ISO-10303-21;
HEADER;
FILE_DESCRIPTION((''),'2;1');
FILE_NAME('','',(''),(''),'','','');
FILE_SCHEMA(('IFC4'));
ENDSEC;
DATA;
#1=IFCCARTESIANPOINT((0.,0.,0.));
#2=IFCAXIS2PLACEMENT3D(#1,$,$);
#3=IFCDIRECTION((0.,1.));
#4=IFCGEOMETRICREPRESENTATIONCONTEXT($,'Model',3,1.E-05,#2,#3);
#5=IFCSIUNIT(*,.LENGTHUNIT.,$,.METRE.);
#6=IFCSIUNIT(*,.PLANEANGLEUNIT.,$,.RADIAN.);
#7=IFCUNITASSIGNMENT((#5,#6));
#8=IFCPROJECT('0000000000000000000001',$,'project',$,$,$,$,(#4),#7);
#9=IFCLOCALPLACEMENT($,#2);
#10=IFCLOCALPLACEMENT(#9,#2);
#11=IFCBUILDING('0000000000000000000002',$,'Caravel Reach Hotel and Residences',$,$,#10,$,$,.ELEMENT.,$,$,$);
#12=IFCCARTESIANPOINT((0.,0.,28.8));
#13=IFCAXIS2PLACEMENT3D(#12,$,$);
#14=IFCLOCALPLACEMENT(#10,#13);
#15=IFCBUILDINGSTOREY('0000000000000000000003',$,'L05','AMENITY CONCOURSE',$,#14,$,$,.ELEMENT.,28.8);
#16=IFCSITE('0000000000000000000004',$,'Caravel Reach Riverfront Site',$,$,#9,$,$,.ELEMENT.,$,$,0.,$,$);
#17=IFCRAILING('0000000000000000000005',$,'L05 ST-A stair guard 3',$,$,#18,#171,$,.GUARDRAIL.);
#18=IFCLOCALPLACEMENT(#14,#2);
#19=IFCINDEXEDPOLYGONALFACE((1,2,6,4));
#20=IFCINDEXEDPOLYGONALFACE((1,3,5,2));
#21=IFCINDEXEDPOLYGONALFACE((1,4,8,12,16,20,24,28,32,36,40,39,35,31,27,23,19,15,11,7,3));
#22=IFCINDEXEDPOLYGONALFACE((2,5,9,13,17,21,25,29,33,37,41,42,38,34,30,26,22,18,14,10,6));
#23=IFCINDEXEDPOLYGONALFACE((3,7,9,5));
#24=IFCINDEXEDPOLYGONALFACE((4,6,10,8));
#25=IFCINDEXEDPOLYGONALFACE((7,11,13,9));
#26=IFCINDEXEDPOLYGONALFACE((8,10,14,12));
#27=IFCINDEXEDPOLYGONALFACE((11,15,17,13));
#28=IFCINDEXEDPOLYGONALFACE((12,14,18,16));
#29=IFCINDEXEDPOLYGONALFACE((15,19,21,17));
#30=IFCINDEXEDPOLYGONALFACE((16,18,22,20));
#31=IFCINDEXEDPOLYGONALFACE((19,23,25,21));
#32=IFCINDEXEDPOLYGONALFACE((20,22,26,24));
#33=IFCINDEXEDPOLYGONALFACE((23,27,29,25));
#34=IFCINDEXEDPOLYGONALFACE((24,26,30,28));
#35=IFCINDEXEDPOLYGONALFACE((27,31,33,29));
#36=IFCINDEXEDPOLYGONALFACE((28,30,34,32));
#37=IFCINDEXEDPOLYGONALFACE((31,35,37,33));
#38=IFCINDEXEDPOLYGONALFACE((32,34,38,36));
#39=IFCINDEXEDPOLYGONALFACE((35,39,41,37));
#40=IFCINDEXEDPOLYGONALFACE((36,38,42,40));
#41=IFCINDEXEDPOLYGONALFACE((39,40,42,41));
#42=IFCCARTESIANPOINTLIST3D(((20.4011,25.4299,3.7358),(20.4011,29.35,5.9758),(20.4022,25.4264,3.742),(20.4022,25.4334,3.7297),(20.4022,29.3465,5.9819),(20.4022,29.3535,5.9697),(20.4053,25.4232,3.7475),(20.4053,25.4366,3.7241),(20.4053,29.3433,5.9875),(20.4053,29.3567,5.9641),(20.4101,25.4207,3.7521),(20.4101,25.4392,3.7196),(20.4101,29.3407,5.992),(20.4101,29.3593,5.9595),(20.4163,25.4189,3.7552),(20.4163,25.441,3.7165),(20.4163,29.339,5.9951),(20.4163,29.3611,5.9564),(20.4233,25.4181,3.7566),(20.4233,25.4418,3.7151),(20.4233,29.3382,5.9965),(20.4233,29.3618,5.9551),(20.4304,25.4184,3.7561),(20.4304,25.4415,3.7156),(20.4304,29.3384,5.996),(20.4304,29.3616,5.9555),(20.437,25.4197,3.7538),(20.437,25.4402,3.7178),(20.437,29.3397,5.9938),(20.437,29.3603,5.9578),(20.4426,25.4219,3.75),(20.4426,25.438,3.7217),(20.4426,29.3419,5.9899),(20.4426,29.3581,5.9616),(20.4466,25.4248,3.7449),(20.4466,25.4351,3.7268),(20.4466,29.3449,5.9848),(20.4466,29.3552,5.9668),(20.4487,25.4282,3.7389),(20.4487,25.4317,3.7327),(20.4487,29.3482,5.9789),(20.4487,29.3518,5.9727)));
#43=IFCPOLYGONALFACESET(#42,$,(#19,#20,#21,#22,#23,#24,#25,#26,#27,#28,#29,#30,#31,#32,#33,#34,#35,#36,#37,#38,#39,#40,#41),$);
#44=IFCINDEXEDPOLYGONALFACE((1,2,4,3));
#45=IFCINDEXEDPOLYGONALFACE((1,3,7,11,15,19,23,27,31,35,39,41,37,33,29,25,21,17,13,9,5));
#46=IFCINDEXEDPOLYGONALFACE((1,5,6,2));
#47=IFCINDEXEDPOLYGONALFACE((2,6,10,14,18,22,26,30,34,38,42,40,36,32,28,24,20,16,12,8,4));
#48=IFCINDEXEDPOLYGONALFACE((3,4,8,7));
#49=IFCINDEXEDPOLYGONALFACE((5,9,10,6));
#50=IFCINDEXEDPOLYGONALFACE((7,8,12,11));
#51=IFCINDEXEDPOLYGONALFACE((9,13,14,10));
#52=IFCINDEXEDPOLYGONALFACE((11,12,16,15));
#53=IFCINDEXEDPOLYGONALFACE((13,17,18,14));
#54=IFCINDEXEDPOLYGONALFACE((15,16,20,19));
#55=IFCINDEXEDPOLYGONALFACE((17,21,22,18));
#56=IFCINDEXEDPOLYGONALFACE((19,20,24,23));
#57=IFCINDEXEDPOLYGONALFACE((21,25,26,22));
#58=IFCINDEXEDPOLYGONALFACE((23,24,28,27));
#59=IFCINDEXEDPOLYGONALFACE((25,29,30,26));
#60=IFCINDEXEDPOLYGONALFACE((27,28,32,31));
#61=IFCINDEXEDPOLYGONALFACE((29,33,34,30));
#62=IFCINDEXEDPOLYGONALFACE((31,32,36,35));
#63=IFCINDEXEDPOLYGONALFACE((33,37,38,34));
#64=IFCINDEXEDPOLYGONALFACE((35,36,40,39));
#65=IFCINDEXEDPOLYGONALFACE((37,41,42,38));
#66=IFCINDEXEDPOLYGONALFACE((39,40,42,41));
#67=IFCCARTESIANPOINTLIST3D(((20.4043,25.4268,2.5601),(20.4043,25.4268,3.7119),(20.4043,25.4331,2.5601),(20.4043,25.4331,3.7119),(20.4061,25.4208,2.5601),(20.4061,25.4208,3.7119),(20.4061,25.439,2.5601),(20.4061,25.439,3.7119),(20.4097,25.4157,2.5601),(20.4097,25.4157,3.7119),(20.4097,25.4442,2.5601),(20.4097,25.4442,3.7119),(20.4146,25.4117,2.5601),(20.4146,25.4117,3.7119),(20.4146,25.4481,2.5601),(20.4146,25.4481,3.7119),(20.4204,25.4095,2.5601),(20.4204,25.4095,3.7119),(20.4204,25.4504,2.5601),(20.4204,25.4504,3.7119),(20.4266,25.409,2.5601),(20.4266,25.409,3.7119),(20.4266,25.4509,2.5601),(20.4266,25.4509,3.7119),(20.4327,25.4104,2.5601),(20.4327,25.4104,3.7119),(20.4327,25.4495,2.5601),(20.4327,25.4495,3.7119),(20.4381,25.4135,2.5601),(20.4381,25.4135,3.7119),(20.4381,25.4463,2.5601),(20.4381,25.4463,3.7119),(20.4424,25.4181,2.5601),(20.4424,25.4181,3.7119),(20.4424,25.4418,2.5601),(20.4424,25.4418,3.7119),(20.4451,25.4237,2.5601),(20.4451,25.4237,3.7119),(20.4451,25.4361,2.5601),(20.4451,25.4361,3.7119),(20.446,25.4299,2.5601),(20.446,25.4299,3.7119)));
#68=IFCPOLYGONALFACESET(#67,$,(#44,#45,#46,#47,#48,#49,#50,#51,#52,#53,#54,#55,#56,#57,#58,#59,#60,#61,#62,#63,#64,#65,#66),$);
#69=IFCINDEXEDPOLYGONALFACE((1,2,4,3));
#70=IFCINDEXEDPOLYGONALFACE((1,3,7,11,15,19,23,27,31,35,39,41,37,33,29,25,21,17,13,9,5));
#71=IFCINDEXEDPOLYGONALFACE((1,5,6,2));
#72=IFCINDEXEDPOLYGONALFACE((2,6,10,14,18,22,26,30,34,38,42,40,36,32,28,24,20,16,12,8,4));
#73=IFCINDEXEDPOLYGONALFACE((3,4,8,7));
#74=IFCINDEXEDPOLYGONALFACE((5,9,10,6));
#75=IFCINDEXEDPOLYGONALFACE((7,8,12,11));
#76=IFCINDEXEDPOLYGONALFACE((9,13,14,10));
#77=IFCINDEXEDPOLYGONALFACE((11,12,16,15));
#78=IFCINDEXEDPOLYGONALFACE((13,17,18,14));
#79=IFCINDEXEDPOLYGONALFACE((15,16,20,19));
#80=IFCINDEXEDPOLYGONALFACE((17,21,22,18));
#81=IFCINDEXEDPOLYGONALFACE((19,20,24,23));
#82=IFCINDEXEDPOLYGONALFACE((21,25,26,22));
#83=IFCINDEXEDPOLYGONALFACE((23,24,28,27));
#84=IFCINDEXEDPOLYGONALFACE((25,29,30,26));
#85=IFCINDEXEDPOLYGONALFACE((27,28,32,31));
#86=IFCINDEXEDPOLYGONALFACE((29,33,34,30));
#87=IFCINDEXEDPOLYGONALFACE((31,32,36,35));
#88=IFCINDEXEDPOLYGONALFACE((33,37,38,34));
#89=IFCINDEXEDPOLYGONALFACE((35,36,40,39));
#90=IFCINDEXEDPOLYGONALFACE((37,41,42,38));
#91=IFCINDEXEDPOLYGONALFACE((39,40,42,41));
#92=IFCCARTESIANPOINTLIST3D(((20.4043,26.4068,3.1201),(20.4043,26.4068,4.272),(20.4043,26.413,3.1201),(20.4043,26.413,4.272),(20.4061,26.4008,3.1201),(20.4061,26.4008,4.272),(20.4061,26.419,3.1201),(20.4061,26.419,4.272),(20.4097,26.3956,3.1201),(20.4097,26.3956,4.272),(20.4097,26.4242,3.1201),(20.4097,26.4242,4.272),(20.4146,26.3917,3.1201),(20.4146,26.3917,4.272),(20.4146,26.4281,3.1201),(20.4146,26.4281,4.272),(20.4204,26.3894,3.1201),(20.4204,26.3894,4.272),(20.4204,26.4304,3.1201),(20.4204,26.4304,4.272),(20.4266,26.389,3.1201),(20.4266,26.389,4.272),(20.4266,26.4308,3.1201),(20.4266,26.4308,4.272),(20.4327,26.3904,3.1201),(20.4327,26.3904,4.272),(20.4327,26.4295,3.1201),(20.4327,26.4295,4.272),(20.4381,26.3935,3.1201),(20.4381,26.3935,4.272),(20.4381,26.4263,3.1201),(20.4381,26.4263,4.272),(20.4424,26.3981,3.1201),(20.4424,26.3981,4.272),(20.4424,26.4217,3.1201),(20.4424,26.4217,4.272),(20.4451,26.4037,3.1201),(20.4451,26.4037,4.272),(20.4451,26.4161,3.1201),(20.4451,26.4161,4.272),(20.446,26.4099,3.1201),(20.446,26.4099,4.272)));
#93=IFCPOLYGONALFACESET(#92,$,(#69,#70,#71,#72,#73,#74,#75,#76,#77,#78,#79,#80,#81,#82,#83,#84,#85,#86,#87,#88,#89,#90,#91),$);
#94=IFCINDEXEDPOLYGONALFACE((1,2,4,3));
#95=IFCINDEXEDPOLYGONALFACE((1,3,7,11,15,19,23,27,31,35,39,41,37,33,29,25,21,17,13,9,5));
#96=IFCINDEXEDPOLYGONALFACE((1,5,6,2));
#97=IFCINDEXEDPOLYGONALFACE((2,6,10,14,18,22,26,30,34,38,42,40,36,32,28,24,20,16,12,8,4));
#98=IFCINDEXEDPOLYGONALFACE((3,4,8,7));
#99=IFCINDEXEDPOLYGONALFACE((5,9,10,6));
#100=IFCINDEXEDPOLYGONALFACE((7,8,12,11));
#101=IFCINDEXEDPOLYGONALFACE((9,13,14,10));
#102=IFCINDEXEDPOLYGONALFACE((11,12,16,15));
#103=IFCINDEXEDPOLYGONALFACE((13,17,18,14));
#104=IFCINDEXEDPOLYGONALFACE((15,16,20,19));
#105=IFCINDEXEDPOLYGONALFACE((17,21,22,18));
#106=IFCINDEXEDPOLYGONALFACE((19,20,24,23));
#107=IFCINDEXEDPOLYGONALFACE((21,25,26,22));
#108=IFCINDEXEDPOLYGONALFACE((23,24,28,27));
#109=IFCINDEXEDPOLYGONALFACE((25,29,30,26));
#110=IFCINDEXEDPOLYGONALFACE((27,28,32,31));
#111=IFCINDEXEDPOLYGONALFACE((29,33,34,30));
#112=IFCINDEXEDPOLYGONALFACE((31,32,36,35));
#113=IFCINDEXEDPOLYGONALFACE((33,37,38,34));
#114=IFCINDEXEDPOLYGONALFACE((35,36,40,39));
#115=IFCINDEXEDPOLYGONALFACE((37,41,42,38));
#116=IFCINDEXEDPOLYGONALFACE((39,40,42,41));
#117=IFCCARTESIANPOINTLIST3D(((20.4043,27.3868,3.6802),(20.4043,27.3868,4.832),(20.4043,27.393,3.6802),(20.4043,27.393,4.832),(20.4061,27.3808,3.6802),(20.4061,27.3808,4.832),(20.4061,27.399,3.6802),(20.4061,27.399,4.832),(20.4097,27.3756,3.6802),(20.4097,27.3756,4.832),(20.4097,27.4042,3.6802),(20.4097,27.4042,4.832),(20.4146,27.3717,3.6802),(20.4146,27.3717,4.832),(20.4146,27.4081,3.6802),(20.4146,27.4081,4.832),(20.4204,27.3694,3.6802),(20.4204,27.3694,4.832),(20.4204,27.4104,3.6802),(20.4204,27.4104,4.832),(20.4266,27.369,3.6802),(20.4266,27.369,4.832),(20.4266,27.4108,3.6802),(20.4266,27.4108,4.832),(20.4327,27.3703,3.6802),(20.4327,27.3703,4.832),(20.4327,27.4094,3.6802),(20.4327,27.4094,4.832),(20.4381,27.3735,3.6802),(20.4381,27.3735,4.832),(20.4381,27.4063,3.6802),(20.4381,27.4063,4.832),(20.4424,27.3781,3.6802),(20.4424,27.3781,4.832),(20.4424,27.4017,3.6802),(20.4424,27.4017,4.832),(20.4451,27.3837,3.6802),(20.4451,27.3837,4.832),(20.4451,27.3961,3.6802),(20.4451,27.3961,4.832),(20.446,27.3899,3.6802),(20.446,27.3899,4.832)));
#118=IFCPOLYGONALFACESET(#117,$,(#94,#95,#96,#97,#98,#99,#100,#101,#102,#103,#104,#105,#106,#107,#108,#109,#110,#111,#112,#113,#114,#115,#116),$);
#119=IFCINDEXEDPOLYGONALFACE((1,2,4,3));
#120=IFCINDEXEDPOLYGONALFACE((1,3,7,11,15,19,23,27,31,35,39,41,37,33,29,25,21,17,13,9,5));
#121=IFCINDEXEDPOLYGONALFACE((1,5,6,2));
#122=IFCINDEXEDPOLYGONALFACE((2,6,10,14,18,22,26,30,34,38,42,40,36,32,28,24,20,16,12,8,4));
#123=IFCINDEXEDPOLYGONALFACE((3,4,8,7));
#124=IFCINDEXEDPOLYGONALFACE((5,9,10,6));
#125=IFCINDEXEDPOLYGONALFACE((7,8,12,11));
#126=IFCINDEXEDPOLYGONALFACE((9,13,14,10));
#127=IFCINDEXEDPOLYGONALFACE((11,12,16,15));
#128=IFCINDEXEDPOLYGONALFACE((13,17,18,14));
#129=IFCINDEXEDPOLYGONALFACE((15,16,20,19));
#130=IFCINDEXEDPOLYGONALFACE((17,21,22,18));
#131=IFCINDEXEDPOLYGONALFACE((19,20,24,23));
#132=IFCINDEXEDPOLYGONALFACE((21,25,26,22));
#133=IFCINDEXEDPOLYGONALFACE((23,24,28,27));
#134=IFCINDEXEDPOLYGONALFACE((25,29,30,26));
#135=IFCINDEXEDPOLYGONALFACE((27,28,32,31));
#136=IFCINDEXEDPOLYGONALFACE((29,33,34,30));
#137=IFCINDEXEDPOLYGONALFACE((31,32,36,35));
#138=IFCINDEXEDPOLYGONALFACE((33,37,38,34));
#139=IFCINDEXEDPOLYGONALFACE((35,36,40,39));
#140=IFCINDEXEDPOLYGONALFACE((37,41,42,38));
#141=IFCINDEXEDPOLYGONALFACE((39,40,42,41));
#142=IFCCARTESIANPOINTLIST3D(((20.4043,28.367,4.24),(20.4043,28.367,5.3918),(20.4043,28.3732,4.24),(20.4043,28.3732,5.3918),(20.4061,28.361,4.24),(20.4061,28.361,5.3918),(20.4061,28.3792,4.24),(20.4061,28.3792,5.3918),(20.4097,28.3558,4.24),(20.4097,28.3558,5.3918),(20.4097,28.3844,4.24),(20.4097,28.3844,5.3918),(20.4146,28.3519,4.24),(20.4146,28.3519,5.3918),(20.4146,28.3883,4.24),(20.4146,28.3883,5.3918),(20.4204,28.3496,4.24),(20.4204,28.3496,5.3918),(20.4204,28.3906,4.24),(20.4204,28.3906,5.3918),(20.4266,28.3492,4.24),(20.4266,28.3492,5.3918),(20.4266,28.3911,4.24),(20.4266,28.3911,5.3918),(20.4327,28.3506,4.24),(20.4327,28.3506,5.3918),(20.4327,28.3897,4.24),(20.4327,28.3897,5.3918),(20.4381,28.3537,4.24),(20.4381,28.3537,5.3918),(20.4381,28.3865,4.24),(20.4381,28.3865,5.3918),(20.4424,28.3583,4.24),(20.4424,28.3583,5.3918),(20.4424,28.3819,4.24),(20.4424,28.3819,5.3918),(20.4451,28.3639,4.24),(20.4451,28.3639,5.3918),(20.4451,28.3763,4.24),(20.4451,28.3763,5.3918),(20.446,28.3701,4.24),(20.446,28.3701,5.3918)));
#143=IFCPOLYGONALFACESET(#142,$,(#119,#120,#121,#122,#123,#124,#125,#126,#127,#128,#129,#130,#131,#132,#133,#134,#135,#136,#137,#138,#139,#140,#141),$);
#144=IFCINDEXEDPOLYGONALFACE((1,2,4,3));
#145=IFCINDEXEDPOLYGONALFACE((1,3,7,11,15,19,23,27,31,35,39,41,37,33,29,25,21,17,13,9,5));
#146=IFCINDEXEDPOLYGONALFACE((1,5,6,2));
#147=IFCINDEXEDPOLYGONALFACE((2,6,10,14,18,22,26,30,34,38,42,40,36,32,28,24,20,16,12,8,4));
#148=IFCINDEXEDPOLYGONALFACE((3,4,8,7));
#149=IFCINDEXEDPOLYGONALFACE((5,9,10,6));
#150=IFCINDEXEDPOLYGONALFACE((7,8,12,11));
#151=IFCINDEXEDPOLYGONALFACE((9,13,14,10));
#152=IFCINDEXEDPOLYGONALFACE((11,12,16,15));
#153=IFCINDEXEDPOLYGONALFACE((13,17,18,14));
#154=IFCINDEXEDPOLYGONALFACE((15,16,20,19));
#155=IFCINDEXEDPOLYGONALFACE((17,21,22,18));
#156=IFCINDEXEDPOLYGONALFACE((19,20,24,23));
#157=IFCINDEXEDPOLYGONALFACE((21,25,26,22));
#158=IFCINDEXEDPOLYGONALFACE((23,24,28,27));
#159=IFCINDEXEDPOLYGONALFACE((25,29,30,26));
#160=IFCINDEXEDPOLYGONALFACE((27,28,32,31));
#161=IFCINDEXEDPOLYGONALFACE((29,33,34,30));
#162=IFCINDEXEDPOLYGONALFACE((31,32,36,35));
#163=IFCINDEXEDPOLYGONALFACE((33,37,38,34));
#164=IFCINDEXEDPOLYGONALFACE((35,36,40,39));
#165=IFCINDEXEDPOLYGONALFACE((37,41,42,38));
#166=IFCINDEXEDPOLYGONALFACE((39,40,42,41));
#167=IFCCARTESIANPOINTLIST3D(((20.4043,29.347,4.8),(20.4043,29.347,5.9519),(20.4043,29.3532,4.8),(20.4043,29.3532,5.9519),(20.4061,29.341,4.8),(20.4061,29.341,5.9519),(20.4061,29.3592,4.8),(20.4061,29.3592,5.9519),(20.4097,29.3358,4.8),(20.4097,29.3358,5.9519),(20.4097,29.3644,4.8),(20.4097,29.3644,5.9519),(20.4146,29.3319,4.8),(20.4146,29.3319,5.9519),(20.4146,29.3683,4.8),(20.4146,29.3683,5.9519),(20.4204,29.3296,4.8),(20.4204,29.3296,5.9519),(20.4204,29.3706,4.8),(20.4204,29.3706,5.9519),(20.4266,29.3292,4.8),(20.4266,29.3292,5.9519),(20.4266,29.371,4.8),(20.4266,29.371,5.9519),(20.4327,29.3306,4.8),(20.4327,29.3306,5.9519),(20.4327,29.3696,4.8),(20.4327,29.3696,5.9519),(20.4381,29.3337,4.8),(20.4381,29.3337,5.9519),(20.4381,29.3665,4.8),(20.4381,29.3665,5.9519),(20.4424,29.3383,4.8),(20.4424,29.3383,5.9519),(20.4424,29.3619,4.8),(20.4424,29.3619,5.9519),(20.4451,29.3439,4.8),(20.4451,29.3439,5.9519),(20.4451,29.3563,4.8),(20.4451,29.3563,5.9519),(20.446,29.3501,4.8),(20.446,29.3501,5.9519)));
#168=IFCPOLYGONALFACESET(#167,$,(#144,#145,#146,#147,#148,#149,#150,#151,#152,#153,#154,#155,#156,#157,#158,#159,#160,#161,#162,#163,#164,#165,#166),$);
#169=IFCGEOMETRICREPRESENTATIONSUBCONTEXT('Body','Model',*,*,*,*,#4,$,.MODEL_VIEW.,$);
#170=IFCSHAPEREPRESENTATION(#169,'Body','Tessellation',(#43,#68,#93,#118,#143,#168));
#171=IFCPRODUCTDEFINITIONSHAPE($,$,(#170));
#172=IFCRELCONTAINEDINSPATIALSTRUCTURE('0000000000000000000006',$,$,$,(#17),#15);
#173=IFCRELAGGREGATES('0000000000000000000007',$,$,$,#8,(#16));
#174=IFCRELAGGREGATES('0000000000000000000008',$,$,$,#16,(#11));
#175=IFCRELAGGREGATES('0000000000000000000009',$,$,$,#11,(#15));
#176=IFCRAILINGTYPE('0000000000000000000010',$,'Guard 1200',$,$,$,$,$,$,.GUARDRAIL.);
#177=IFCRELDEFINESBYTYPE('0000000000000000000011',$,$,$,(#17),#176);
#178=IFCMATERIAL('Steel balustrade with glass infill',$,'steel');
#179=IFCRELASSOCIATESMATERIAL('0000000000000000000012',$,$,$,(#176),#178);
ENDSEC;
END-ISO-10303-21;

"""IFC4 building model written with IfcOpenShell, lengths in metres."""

from ifc_helpers import new_model, si_unit, direction, frame, origin, origin_2d, place, context, subcontext, project, spatial, circle, extrude, material, type_object, element, save


model = new_model("IFC4")

# Units and contexts
model_context = context("Model", 3, precision=1e-05, world=origin(), true_north=direction((0.0, 1.0)))
body_context = subcontext(model_context, "Body", "Model", "MODEL_VIEW")
ifc_project = project(units=[si_unit("LENGTHUNIT", "METRE"), si_unit("PLANEANGLEUNIT", "RADIAN")], contexts=[model_context])

# Site, building, storey
site_placement = place(None, origin())
site = spatial("IfcSite", under=ifc_project, at=site_placement, Name="Caravel Reach Riverfront Site", CompositionType="ELEMENT", RefElevation=0.0)
building_placement = place(site_placement, origin())
building = spatial("IfcBuilding", under=site, at=building_placement, Name="Caravel Reach Hotel and Residences", CompositionType="ELEMENT")
storey_placement = place(building_placement, frame((0.0, 0.0, 28.8)))
storey = spatial("IfcBuildingStorey", under=building, at=storey_placement, Name="L05", Description="AMENITY CONCOURSE", CompositionType="ELEMENT", Elevation=28.8)

# Railing
ifc_material_1 = material(Name="Steel balustrade with glass infill", Category="steel")
railing_type_1 = type_object("IfcRailingType", Name="Guard 1200", PredefinedType="GUARDRAIL", material=ifc_material_1)
railing_1_placement = place(storey_placement, frame((20.425, 25.4299, 2.5601)))
element("IfcRailing", 1, at=railing_1_placement, inside=storey, type_object=railing_type_1, Name="L05 ST-A stair guard 3", PredefinedType="GUARDRAIL", context=body_context, shape_type="SweptSolid", body=[
    extrude(circle(Radius=0.0239, at=origin_2d()), frame((0.0, 0.0, 1.1758), z_axis=(0.0, 0.868253, 0.496121), x_axis=(-1.0, 0.0, 0.0)), (0.0, 0.0, 1.0), 4.5149),
    extrude(circle(Radius=0.021, at=origin_2d()), origin(), (0.0, 0.0, 1.0), 1.1519),
    extrude(circle(Radius=0.021, at=origin_2d()), frame((0.0, 0.98, 0.5601)), (0.0, 0.0, 1.0), 1.1519),
    extrude(circle(Radius=0.021, at=origin_2d()), frame((0.0, 1.96, 1.1201)), (0.0, 0.0, 1.0), 1.1519),
    extrude(circle(Radius=0.021, at=origin_2d()), frame((0.0, 2.9402, 1.6799)), (0.0, 0.0, 1.0), 1.1519),
    extrude(circle(Radius=0.021, at=origin_2d()), frame((0.0, 3.9202, 2.24)), (0.0, 0.0, 1.0), 1.1519),
])

save(model, "model.ifc")
